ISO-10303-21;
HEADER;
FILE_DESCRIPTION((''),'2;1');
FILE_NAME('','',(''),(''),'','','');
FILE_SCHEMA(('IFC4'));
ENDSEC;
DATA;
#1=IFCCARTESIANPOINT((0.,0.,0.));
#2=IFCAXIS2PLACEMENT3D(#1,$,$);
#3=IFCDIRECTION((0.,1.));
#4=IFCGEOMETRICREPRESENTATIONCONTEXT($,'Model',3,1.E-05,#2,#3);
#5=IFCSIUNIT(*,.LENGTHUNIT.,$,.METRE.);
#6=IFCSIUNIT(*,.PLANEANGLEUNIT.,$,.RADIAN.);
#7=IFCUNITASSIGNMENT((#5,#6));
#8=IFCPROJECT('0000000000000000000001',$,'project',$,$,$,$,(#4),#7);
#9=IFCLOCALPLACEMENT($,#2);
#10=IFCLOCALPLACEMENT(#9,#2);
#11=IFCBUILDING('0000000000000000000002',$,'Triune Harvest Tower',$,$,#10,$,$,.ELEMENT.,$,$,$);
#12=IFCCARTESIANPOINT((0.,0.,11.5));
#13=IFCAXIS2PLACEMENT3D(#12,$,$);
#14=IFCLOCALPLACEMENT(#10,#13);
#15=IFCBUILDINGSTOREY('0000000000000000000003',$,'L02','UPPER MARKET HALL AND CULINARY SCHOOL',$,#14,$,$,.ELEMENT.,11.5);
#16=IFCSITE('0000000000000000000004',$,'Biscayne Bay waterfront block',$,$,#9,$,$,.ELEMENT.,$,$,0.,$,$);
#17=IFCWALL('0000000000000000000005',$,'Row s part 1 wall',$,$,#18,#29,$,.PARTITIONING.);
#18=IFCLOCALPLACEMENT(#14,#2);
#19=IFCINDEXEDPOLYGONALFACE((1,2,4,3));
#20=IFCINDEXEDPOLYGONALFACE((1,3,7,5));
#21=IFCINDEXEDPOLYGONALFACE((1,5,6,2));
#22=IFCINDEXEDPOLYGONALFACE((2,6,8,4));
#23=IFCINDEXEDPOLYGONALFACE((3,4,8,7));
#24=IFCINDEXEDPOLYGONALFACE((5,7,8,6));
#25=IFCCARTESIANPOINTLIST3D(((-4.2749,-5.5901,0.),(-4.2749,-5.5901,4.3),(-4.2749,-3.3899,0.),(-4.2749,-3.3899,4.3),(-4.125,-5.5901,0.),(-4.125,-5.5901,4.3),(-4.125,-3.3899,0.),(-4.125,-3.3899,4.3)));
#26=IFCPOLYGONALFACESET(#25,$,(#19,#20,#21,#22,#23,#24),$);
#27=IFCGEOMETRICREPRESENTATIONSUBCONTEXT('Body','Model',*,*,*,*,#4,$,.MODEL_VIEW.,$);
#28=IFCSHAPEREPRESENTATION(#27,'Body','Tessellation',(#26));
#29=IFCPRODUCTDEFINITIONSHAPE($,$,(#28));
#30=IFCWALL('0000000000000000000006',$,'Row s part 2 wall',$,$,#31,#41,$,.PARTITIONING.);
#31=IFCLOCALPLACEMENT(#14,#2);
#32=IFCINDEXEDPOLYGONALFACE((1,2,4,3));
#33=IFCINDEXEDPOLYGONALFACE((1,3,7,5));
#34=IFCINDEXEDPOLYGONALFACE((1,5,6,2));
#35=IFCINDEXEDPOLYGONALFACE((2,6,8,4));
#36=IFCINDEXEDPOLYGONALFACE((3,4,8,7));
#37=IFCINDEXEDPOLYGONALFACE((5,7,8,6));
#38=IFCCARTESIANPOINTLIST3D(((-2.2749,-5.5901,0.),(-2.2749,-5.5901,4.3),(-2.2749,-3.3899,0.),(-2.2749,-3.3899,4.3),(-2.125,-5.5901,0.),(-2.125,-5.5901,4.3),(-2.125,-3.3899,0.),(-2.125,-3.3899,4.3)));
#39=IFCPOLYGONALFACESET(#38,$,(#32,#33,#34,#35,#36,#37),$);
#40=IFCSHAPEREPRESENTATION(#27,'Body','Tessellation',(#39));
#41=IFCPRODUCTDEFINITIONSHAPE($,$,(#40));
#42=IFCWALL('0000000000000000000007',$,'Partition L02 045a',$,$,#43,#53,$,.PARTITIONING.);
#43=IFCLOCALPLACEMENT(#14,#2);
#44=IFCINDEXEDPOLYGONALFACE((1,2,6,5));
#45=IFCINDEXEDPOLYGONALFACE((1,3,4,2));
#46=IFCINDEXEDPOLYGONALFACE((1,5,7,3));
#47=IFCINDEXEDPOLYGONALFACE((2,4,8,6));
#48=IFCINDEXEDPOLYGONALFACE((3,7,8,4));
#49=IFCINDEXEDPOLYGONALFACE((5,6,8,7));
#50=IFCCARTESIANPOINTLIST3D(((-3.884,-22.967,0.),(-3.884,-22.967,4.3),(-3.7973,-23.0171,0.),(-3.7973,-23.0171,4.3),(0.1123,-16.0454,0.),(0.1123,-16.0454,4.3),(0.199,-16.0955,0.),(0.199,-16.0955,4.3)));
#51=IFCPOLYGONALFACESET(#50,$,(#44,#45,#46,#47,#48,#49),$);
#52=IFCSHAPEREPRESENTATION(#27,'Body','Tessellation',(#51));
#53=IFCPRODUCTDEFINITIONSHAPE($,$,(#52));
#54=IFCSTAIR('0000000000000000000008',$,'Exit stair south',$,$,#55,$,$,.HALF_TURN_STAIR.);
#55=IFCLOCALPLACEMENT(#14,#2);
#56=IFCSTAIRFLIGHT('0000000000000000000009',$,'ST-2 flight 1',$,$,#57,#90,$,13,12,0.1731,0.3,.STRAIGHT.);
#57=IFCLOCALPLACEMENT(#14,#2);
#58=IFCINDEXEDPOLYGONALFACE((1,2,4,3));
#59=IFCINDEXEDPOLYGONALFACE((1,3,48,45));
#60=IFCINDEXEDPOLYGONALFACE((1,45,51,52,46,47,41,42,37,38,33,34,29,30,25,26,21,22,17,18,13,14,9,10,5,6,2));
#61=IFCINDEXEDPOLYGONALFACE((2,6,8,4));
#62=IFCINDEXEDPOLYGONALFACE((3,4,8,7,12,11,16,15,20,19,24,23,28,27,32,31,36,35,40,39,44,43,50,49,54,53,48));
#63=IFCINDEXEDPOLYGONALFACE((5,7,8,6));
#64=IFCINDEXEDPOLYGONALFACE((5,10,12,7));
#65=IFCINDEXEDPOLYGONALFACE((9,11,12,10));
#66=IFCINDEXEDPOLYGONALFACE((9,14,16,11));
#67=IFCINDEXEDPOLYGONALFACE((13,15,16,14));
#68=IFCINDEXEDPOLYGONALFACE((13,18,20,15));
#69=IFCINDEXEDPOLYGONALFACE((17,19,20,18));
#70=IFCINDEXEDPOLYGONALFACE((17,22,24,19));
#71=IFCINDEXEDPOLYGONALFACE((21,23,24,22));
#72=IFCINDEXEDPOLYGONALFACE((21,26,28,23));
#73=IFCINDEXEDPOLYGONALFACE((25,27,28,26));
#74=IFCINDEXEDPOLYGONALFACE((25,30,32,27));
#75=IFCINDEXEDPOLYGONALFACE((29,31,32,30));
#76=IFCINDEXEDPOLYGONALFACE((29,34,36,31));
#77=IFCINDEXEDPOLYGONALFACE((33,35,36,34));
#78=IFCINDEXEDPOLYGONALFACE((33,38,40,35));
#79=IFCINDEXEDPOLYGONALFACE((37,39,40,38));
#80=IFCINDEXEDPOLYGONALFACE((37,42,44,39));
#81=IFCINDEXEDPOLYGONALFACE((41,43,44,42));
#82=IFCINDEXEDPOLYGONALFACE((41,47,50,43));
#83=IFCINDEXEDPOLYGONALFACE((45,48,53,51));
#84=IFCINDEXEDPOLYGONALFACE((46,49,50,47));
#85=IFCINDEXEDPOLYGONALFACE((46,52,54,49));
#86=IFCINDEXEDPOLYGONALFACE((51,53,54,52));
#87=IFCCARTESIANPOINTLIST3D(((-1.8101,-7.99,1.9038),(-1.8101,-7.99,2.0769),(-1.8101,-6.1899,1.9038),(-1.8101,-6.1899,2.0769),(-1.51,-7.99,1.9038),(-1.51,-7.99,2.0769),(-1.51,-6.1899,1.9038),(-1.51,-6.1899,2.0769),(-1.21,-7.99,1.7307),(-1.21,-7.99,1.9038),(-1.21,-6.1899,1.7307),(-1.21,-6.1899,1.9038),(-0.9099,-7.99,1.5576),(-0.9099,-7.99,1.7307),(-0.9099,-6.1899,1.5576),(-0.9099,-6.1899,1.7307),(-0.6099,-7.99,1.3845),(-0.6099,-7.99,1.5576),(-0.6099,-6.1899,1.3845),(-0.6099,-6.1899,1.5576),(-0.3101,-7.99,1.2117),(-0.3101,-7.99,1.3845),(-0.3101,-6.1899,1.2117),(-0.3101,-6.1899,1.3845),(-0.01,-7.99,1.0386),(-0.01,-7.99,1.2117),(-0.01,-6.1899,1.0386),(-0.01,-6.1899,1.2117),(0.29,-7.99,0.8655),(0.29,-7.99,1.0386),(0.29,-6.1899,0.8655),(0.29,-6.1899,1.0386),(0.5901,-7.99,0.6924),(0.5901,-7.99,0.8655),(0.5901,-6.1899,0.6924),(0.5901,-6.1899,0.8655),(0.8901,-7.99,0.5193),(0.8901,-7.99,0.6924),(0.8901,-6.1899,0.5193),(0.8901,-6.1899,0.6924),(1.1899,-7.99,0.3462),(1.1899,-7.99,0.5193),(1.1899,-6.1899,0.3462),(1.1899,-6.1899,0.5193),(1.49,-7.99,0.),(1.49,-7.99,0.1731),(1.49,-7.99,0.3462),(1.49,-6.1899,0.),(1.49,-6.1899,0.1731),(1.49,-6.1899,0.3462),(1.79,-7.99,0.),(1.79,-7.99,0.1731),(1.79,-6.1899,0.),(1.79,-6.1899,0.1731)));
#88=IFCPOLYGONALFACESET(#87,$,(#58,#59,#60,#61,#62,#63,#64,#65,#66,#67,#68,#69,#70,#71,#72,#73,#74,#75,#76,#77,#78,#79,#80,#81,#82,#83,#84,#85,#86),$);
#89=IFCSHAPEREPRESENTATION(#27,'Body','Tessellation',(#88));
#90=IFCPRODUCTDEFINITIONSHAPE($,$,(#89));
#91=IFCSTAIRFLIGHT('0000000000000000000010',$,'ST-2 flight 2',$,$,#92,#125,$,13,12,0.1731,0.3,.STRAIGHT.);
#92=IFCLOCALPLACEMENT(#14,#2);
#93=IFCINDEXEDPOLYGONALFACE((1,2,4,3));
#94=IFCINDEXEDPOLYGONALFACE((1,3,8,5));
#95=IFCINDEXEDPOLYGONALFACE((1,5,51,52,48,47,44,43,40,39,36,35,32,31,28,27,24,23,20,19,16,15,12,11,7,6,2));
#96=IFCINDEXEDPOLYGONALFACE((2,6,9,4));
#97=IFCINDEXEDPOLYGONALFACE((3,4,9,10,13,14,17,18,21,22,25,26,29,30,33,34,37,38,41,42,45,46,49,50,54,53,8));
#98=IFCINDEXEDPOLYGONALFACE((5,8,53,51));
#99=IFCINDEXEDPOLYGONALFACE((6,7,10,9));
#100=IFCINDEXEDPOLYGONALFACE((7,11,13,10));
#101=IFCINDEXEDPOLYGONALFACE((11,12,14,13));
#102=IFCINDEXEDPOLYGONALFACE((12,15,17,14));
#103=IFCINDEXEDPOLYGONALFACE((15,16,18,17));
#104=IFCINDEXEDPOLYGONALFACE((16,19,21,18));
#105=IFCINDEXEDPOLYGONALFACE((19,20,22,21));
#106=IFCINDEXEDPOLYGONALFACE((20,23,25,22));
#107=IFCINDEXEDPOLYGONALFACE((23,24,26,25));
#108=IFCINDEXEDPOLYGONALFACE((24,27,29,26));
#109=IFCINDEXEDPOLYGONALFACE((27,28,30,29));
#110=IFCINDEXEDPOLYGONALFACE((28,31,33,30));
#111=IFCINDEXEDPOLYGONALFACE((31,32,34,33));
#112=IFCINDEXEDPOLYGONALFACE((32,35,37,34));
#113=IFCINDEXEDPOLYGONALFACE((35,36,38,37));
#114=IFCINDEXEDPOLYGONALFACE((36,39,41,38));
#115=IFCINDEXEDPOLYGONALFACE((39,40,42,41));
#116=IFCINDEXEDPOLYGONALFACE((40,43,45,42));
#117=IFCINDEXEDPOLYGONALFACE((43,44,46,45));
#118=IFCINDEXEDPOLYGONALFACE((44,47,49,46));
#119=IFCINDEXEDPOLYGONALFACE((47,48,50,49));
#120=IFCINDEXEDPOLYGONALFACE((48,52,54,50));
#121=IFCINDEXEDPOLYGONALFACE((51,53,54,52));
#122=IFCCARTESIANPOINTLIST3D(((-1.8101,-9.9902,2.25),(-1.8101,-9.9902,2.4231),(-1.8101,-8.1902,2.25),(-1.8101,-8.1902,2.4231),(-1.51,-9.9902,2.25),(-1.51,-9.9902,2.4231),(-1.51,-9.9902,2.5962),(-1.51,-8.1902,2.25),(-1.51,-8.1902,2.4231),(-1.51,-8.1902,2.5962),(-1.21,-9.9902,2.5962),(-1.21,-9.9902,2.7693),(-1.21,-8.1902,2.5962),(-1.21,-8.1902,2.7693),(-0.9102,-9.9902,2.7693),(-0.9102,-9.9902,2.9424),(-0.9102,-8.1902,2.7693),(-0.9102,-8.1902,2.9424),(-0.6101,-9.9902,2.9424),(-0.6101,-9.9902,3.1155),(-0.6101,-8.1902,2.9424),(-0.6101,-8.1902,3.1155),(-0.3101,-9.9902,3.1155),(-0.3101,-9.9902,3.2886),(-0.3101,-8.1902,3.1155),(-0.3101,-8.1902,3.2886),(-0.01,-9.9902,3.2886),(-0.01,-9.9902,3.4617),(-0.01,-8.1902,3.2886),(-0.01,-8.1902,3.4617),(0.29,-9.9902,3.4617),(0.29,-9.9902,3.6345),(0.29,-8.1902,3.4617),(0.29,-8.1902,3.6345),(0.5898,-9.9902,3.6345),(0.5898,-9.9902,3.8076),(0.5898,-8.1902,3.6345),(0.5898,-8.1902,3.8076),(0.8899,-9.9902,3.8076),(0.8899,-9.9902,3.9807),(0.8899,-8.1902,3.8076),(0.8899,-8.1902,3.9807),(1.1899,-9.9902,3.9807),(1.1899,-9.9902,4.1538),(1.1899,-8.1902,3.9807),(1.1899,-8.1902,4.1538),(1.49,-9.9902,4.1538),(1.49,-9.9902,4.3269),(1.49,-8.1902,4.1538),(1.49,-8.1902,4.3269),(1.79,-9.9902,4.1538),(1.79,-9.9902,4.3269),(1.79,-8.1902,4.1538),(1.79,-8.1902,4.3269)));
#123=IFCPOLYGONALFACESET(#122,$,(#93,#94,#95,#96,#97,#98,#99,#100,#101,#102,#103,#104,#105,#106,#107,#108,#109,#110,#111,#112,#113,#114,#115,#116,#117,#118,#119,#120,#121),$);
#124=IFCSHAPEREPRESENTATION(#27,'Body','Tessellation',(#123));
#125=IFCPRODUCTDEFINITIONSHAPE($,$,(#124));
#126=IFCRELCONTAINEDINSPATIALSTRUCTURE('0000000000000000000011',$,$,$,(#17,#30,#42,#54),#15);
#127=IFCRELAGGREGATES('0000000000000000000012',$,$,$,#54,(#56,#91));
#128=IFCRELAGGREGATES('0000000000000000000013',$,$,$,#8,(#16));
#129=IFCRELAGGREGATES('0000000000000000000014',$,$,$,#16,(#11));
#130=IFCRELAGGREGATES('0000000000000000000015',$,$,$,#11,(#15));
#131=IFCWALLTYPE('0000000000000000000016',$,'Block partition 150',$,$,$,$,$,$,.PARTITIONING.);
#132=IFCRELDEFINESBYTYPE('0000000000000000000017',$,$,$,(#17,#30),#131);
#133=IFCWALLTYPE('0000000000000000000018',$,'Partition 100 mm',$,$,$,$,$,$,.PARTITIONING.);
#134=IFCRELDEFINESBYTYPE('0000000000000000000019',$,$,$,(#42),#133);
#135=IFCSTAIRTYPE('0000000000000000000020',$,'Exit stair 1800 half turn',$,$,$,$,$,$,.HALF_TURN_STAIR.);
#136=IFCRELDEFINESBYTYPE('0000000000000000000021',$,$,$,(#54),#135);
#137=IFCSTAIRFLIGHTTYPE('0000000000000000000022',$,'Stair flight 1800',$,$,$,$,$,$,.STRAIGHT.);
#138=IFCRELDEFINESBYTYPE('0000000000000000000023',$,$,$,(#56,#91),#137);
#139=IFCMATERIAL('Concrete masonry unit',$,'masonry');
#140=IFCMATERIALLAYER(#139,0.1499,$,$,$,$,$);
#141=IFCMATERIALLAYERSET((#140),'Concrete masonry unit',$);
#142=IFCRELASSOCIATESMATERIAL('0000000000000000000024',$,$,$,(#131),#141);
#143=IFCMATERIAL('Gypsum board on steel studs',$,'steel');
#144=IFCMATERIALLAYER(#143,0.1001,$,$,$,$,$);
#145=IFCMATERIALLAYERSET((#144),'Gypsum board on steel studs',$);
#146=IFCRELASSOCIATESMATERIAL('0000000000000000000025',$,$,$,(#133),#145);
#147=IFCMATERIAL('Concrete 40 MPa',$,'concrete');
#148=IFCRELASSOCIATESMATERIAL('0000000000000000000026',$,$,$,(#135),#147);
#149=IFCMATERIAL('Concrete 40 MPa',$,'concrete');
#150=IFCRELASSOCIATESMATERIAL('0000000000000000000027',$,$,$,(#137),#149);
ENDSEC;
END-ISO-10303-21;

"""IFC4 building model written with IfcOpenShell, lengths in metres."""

from ifc_helpers import new_model, si_unit, direction, frame, frame_2d, origin, place, context, subcontext, project, spatial, polyline, rectangle, outline, extrude, source, transform, mapped, material, layer, layer_set, type_object, element, aggregate, save


model = new_model("IFC4")

# Units and contexts
model_context = context("Model", 3, precision=1e-05, world=origin(), true_north=direction((0.0, 1.0)))
body_context = subcontext(model_context, "Body", "Model", "MODEL_VIEW")
ifc_project = project(units=[si_unit("LENGTHUNIT", "METRE"), si_unit("PLANEANGLEUNIT", "RADIAN")], contexts=[model_context])

# Site, building, storey
site_placement = place(None, origin())
site = spatial("IfcSite", under=ifc_project, at=site_placement, Name="Biscayne Bay waterfront block", CompositionType="ELEMENT", RefElevation=0.0)
building_placement = place(site_placement, origin())
building = spatial("IfcBuilding", under=site, at=building_placement, Name="Triune Harvest Tower", CompositionType="ELEMENT")
storey_placement = place(building_placement, frame((0.0, 0.0, 11.5)))
storey = spatial("IfcBuildingStorey", under=building, at=storey_placement, Name="L02", Description="UPPER MARKET HALL AND CULINARY SCHOOL", CompositionType="ELEMENT", Elevation=11.5)

# Walls
ifc_material_1 = material(Name="Concrete masonry unit", Category="masonry")
ifc_layer_1 = layer(ifc_material_1, 0.1499)
ifc_layer_set_1 = layer_set([ifc_layer_1], Name="Concrete masonry unit")
wall_type_1 = type_object("IfcWallType", Name="Block partition 150", PredefinedType="PARTITIONING", material=ifc_layer_set_1)
shared_shape_1 = source(origin(), body_context, "Body", "SweptSolid", [
    extrude(rectangle(XDim=2.2002, YDim=0.1499, at=frame_2d((1.1001, 0.0))), origin(), (0.0, 0.0, 1.0), 4.3),
])
for number, where, z_axis, x_axis, name in (
    (1, (-4.2, -5.5901, 0.0), (0.0, 0.0, 1.0), (0.0, 1.0, 0.0), "Row s part 1 wall"),
    (2, (-2.2, -5.5901, 0.0), (0.0, 0.0, 1.0), (0.0, 1.0, 0.0), "Row s part 2 wall"),
):
    element("IfcWall", number, at=place(storey_placement, frame(where, z_axis=z_axis, x_axis=x_axis)), inside=storey, type_object=wall_type_1, Name=name, PredefinedType="PARTITIONING", context=body_context, shape_type="MappedRepresentation", body=[
        mapped(shared_shape_1, transform((0.0, 0.0, 0.0), scale=1.0)),
    ])
ifc_material_2 = material(Name="Gypsum board on steel studs", Category="steel")
ifc_layer_2 = layer(ifc_material_2, 0.1001)
ifc_layer_set_2 = layer_set([ifc_layer_2], Name="Gypsum board on steel studs")
wall_type_2 = type_object("IfcWallType", Name="Partition 100 mm", PredefinedType="PARTITIONING", material=ifc_layer_set_2)
shared_shape_2 = source(origin(), body_context, "Body", "SweptSolid", [
    extrude(rectangle(XDim=7.9924, YDim=0.1001, at=frame_2d((3.9961, 0.0))), origin(), (0.0, 0.0, 1.0), 4.3),
])
wall_1_placement = place(storey_placement, frame((-3.8406, -22.9919, 0.0), z_axis=(0.0, 0.0, 1.0), x_axis=(0.500012, 0.866018, 0.0)))
element("IfcWall", 3, at=wall_1_placement, inside=storey, type_object=wall_type_2, Name="Partition L02 045a", PredefinedType="PARTITIONING", context=body_context, shape_type="MappedRepresentation", body=[
    mapped(shared_shape_2, transform((0.0, 0.0, 0.0), scale=1.0)),
])

# Stair, stair flights
ifc_material_3 = material(Name="Concrete 40 MPa", Category="concrete")
stair_type = type_object("IfcStairType", Name="Exit stair 1800 half turn", PredefinedType="HALF_TURN_STAIR", material=ifc_material_3)
stair_placement = place(storey_placement, origin())
stair = element("IfcStair", 4, at=stair_placement, inside=storey, type_object=stair_type, Name="Exit stair south", PredefinedType="HALF_TURN_STAIR")
ifc_material_4 = material(Name="Concrete 40 MPa", Category="concrete")
stair_flight_type = type_object("IfcStairFlightType", Name="Stair flight 1800", PredefinedType="STRAIGHT", material=ifc_material_4)
shared_shape_3 = source(origin(), body_context, "Body", "SweptSolid", [
    extrude(outline(polyline([(0.0, 0.0), (0.0, 0.1731), (0.3, 0.1731), (0.3, 0.3462), (0.6001, 0.3462), (0.6001, 0.5193), (0.8999, 0.5193), (0.8999, 0.6924), (1.2, 0.6924), (1.2, 0.8655), (1.5, 0.8655), (1.5, 1.0386), (1.8, 1.0386), (1.8, 1.2117), (2.1001, 1.2117), (2.1001, 1.3845), (2.3999, 1.3845), (2.3999, 1.5576), (2.7, 1.5576), (2.7, 1.7307), (3.0, 1.7307), (3.0, 1.9038), (3.3, 1.9038), (3.3, 2.0769), (3.6001, 2.0769), (3.6001, 2.25), (3.6001, 1.9038), (0.3, 0.0), (0.0, 0.0)])), frame((0.0, 0.8999, 0.0), z_axis=(0.0, -1.0, 0.0), x_axis=(1.0, 0.0, 0.0)), (0.0, 0.0, 1.0), 1.8),
])
stair_flight_1_placement = place(storey_placement, frame((1.79, -7.0901, 0.0), z_axis=(0.0, 0.0, 1.0), x_axis=(-1.0, 0.0, 0.0)))
stair_flight_1 = element("IfcStairFlight", 5, at=stair_flight_1_placement, type_object=stair_flight_type, Name="ST-2 flight 1", NumberOfRisers=13, NumberOfTreads=12, PredefinedType="STRAIGHT", RiserHeight=0.1731, TreadLength=0.3, context=body_context, shape_type="MappedRepresentation", body=[
    mapped(shared_shape_3, transform((0.0, 0.0, 0.0), scale=1.0)),
])
stair_flight_2_placement = place(storey_placement, frame((-1.8101, -9.0901, 2.25), z_axis=(0.0, 0.0, 1.0), x_axis=(1.0, 0.0, 0.0)))
stair_flight_2 = element("IfcStairFlight", 6, at=stair_flight_2_placement, type_object=stair_flight_type, Name="ST-2 flight 2", NumberOfRisers=13, NumberOfTreads=12, PredefinedType="STRAIGHT", RiserHeight=0.1731, TreadLength=0.3, context=body_context, shape_type="MappedRepresentation", body=[
    mapped(shared_shape_3, transform((0.0, 0.0, 0.0), scale=1.0)),
])
aggregate(stair, [stair_flight_1, stair_flight_2])

save(model, "model.ifc")
